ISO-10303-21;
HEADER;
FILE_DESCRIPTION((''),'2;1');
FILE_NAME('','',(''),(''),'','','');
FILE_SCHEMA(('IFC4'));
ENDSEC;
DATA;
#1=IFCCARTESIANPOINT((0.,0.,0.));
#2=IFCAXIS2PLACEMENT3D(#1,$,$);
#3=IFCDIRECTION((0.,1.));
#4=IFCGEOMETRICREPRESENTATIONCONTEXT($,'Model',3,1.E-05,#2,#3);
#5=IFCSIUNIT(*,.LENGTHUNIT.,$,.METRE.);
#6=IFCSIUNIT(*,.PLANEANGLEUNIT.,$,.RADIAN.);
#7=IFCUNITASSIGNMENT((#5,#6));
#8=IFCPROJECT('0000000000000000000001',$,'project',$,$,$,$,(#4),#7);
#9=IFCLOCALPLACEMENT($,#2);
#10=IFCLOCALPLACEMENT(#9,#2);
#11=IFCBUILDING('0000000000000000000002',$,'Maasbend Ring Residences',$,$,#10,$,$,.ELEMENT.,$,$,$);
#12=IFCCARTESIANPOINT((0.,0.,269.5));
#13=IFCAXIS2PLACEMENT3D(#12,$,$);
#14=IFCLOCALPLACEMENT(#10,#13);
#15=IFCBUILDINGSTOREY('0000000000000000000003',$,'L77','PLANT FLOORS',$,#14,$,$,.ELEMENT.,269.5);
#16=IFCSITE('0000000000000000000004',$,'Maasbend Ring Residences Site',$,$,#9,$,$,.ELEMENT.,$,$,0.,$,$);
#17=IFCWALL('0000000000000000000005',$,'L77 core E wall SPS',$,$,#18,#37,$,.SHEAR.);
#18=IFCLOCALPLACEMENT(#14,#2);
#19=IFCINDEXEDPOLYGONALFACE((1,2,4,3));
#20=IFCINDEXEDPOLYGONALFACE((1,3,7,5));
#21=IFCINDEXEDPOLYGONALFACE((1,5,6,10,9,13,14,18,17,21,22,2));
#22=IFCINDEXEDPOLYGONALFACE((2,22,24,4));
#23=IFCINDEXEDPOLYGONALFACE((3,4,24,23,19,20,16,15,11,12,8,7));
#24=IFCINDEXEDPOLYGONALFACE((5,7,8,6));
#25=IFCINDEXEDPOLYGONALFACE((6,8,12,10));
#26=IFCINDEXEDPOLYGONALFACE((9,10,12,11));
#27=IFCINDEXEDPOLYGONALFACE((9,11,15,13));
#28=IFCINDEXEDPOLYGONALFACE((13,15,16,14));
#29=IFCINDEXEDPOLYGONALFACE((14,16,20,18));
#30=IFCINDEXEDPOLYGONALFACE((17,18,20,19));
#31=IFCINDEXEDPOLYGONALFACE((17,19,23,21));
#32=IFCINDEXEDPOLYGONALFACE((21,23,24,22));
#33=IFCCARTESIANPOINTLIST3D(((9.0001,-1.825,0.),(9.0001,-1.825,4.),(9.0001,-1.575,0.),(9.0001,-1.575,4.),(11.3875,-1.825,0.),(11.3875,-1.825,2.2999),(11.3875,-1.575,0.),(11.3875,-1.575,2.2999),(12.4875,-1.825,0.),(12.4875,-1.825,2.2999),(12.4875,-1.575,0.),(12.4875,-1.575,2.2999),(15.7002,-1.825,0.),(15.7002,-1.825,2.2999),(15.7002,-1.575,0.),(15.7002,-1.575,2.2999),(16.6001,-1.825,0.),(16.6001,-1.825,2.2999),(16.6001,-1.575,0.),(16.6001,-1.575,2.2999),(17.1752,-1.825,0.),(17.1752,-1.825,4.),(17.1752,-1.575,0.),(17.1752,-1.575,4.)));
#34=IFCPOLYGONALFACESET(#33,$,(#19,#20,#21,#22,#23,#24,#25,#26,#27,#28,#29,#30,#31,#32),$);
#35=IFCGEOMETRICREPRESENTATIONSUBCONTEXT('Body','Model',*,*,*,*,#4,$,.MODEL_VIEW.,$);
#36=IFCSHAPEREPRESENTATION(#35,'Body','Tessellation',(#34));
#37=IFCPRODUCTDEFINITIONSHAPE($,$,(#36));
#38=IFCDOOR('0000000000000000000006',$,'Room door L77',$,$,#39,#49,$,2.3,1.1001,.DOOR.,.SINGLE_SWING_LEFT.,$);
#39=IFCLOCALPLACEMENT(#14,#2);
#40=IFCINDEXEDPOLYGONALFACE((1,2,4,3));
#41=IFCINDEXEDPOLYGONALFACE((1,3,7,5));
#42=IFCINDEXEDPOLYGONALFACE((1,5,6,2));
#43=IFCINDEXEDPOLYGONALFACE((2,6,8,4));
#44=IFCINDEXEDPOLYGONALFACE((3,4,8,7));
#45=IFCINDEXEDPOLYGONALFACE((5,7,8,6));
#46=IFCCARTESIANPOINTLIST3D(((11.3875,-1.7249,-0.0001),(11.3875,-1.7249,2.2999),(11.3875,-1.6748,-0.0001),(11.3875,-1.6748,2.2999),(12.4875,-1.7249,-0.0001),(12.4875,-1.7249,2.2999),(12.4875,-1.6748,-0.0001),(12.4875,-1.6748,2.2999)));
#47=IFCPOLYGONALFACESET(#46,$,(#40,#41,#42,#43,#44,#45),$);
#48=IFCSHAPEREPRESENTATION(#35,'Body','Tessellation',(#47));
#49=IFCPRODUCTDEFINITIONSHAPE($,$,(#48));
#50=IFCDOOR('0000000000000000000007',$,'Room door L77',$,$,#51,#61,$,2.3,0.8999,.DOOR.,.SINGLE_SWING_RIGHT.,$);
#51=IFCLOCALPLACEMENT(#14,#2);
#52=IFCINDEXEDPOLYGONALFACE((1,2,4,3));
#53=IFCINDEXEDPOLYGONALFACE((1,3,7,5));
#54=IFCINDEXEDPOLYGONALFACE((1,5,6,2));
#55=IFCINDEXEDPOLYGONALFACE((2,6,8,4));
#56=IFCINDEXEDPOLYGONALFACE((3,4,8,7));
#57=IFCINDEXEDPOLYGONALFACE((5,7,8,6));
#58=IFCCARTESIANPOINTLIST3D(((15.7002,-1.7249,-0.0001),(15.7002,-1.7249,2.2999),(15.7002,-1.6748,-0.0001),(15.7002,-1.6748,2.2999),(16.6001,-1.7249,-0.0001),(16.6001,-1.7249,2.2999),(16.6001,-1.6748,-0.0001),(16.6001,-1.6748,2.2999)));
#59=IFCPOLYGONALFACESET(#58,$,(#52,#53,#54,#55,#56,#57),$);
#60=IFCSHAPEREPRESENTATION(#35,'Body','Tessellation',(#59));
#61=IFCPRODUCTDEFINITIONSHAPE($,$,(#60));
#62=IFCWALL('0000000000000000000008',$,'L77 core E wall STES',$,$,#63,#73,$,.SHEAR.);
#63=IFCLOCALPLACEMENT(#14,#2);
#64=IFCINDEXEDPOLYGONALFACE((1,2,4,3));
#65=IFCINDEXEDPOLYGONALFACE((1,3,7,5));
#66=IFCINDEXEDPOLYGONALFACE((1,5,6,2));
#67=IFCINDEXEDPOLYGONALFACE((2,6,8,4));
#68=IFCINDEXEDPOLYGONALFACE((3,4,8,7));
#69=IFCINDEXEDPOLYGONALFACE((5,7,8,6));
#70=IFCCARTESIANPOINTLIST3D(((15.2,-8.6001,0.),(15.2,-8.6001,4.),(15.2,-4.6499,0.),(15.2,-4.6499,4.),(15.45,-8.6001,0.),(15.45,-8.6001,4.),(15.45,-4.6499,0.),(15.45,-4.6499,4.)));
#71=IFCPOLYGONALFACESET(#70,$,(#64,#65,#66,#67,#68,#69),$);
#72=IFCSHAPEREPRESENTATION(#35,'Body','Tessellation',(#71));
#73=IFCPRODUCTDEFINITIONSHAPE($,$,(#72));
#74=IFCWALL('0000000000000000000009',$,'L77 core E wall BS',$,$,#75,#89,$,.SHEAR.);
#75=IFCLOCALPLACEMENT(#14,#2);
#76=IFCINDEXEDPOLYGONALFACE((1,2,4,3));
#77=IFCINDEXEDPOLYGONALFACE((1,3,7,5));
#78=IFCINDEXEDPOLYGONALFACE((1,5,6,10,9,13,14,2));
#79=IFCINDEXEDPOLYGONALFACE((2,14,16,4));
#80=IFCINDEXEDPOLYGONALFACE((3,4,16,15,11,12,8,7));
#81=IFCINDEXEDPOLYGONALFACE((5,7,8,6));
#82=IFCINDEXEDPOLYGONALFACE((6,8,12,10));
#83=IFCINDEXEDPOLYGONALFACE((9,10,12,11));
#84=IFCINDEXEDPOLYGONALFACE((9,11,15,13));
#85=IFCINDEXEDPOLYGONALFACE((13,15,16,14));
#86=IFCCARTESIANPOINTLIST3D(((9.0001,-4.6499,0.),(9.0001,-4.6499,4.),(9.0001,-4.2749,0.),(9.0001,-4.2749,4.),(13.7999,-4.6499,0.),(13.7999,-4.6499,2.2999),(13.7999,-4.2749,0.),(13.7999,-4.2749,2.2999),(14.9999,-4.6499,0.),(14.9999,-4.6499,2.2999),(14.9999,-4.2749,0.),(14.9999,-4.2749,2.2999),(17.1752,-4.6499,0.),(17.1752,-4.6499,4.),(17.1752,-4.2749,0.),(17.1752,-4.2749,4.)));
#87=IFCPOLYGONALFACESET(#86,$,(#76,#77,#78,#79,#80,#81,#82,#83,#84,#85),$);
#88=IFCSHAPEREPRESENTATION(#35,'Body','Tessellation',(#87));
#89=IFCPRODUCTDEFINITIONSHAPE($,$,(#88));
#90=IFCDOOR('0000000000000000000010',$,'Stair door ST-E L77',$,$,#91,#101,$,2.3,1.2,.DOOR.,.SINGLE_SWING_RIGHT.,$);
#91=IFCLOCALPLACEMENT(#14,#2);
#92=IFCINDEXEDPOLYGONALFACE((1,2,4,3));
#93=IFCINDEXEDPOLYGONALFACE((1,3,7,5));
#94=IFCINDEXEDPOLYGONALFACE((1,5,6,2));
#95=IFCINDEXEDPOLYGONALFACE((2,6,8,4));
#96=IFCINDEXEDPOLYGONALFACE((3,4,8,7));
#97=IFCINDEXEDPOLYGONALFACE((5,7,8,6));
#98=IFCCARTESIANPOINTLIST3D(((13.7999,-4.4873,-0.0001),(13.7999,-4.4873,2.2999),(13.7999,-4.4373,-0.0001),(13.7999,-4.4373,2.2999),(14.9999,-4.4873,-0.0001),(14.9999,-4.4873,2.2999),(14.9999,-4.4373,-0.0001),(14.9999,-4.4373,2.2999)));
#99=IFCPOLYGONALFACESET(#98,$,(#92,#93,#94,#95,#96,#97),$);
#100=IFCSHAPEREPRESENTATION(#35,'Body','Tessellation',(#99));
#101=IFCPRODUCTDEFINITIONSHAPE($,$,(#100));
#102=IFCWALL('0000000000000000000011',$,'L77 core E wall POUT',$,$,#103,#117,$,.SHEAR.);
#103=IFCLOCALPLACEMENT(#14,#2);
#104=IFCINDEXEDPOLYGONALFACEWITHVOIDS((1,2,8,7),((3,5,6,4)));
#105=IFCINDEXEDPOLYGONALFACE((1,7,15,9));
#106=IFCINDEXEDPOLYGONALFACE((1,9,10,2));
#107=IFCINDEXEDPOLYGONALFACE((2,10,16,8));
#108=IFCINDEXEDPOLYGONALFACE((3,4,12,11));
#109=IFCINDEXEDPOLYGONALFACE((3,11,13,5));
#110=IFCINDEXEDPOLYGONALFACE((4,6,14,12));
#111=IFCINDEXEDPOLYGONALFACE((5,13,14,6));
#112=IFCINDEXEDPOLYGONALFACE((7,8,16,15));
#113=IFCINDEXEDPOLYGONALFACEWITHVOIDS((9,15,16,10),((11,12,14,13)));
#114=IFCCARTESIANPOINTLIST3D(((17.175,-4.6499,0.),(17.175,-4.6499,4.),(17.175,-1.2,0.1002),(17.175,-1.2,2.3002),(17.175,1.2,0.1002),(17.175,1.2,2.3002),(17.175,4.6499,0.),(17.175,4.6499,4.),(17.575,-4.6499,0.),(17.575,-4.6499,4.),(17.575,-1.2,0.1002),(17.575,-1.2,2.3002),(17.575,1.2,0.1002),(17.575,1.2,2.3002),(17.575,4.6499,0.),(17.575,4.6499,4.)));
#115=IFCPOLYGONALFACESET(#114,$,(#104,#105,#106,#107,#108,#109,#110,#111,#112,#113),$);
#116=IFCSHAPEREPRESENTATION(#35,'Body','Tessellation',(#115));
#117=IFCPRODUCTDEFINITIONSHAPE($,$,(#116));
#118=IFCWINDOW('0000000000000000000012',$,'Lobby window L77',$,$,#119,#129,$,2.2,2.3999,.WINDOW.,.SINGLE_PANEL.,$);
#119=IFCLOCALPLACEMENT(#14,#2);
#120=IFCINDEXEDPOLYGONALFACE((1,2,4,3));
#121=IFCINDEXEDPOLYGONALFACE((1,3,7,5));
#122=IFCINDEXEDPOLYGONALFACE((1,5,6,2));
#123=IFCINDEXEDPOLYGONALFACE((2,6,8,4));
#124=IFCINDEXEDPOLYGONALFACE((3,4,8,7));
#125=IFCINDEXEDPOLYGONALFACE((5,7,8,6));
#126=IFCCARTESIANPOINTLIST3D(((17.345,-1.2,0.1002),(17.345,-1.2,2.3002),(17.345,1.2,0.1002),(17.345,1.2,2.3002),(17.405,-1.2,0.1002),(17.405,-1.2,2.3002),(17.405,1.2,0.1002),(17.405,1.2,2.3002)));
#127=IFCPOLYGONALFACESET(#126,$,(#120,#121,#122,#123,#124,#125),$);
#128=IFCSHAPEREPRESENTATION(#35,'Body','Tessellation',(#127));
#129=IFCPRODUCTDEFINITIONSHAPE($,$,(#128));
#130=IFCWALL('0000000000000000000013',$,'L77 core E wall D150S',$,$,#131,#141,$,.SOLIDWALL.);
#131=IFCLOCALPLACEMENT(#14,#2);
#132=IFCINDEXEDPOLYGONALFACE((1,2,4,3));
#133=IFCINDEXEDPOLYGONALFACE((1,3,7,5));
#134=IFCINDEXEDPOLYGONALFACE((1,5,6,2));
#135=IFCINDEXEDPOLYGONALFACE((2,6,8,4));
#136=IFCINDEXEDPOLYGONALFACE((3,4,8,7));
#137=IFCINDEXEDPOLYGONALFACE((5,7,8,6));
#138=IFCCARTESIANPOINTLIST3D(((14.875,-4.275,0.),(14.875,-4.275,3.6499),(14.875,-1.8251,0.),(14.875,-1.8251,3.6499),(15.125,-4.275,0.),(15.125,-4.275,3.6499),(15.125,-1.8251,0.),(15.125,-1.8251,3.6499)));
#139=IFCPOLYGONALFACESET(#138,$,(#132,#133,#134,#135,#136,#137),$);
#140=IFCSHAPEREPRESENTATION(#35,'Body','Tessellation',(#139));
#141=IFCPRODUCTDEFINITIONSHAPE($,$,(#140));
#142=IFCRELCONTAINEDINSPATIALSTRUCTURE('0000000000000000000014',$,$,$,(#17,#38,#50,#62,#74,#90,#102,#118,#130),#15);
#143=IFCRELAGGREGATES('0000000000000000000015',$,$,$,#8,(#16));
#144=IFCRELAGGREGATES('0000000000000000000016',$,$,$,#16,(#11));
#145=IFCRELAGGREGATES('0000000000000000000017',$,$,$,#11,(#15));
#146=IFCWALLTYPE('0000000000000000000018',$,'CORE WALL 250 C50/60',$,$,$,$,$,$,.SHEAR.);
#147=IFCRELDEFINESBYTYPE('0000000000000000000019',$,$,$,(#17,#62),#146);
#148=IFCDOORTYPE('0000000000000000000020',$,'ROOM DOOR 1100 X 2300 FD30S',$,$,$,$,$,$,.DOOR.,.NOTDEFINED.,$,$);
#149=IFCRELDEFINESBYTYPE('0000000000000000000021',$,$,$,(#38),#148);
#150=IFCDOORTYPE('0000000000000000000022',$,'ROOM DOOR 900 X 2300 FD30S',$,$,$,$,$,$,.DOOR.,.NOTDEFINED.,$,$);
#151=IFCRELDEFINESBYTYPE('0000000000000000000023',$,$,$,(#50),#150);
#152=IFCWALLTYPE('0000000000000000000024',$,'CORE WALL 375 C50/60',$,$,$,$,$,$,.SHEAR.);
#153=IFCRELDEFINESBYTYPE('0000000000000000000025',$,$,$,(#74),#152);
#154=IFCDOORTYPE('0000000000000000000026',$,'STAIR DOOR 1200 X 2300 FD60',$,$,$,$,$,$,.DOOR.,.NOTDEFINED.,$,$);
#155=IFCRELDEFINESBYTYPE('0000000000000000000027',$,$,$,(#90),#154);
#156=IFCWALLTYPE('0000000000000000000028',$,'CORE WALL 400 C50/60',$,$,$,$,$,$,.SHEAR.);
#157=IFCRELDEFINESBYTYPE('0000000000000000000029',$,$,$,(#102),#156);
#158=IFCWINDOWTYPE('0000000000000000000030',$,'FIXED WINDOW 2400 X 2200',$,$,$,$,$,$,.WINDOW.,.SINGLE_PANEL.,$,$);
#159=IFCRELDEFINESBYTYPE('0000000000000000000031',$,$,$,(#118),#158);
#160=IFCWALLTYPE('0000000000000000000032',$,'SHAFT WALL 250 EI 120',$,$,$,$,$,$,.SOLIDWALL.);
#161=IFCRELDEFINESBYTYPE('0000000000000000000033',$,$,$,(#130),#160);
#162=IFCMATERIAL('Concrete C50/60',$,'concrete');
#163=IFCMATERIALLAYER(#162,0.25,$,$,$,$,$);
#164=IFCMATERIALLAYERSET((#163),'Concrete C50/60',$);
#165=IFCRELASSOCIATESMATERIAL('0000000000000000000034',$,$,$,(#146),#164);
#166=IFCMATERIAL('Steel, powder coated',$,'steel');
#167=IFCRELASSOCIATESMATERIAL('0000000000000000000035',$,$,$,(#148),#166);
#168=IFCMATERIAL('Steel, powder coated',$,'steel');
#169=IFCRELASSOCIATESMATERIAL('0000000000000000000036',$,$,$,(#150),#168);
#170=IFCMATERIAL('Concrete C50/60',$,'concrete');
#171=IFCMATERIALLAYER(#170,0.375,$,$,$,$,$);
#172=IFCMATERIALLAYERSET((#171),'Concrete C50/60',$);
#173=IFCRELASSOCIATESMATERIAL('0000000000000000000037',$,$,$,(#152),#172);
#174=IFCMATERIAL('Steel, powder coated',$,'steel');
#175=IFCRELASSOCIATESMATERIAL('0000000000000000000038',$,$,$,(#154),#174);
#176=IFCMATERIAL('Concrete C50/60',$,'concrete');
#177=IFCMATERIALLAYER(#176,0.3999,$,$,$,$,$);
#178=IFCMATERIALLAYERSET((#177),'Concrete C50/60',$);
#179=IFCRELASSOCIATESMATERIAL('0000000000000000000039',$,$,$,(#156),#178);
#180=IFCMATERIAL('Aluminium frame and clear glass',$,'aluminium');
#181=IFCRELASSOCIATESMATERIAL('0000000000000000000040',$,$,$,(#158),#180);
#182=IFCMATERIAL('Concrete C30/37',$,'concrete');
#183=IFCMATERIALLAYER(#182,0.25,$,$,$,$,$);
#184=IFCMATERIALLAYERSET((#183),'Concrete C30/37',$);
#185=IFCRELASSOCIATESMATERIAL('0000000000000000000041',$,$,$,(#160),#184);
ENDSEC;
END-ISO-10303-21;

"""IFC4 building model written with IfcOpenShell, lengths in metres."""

from ifc_helpers import new_model, si_unit, direction, frame, frame_2d, origin, place, context, subcontext, project, spatial, rectangle, extrude, material, layer, layer_set, type_object, element, fill, save


model = new_model("IFC4")

# Units and contexts
model_context = context("Model", 3, precision=1e-05, world=origin(), true_north=direction((0.0, 1.0)))
body_context = subcontext(model_context, "Body", "Model", "MODEL_VIEW")
ifc_project = project(units=[si_unit("LENGTHUNIT", "METRE"), si_unit("PLANEANGLEUNIT", "RADIAN")], contexts=[model_context])

# Site, building, storey
site_placement = place(None, origin())
site = spatial("IfcSite", under=ifc_project, at=site_placement, Name="Maasbend Ring Residences Site", CompositionType="ELEMENT", RefElevation=0.0)
building_placement = place(site_placement, origin())
building = spatial("IfcBuilding", under=site, at=building_placement, Name="Maasbend Ring Residences", CompositionType="ELEMENT")
storey_placement = place(building_placement, frame((0.0, 0.0, 269.5)))
storey = spatial("IfcBuildingStorey", under=building, at=storey_placement, Name="L77", Description="PLANT FLOORS", CompositionType="ELEMENT", Elevation=269.5)

# Wall, openings, doors
ifc_material_1 = material(Name="Concrete C50/60", Category="concrete")
ifc_layer_1 = layer(ifc_material_1, 0.25)
ifc_layer_set_1 = layer_set([ifc_layer_1], Name="Concrete C50/60")
wall_type_1 = type_object("IfcWallType", Name="CORE WALL 250 C50/60", PredefinedType="SHEAR", material=ifc_layer_set_1)
wall_1_placement = place(storey_placement, frame((17.175, -1.7, 0.0), z_axis=(0.0, 0.0, 1.0), x_axis=(-1.0, 0.0, 0.0)))
wall_1 = element("IfcWall", 1, at=wall_1_placement, inside=storey, type_object=wall_type_1, Name="L77 core E wall SPS", PredefinedType="SHEAR", context=body_context, shape_type="SweptSolid", body=[
    extrude(rectangle(XDim=8.175, YDim=0.25, at=frame_2d((4.0874, 0.0))), origin(), (0.0, 0.0, 1.0), 4.0),
])
opening_1_placement = place(wall_1_placement, frame((4.6875, 0.0, 0.0)))
opening_1 = element("IfcOpeningElement", 2, at=opening_1_placement, cuts=wall_1, PredefinedType="OPENING", context=body_context, shape_type="SweptSolid", body=[
    extrude(rectangle(XDim=1.1001, YDim=2.3, at=frame_2d((0.55, 1.1499))), frame((0.0, 0.135, 0.0), z_axis=(0.0, -1.0, 0.0), x_axis=(1.0, 0.0, 0.0)), (0.0, 0.0, 1.0), 0.27),
])
opening_2_placement = place(wall_1_placement, frame((0.575, 0.0, 0.0)))
opening_2 = element("IfcOpeningElement", 3, at=opening_2_placement, cuts=wall_1, PredefinedType="OPENING", context=body_context, shape_type="SweptSolid", body=[
    extrude(rectangle(XDim=0.8999, YDim=2.3, at=frame_2d((0.45, 1.1499))), frame((0.0, 0.135, 0.0), z_axis=(0.0, -1.0, 0.0), x_axis=(1.0, 0.0, 0.0)), (0.0, 0.0, 1.0), 0.27),
])
ifc_material_2 = material(Name="Steel, powder coated", Category="steel")
door_type_1 = type_object("IfcDoorType", Name="ROOM DOOR 1100 X 2300 FD30S", OperationType="NOTDEFINED", PredefinedType="DOOR", material=ifc_material_2)
door_1_placement = place(opening_1_placement, origin())
door_1 = element("IfcDoor", 4, at=door_1_placement, inside=storey, type_object=door_type_1, Name="Room door L77", OperationType="SINGLE_SWING_LEFT", OverallHeight=2.3, OverallWidth=1.1001, PredefinedType="DOOR", context=body_context, shape_type="SweptSolid", body=[
    extrude(rectangle(XDim=1.1001, YDim=2.3, at=frame_2d((0.55, 1.1499))), frame((0.0, 0.0249, 0.0), z_axis=(0.0, -1.0, 0.0), x_axis=(1.0, 0.0, 0.0)), (0.0, 0.0, 1.0), 0.05),
])
fill(opening_1, door_1)
ifc_material_3 = material(Name="Steel, powder coated", Category="steel")
door_type_2 = type_object("IfcDoorType", Name="ROOM DOOR 900 X 2300 FD30S", OperationType="NOTDEFINED", PredefinedType="DOOR", material=ifc_material_3)
door_2_placement = place(opening_2_placement, origin())
door_2 = element("IfcDoor", 5, at=door_2_placement, inside=storey, type_object=door_type_2, Name="Room door L77", OperationType="SINGLE_SWING_RIGHT", OverallHeight=2.3, OverallWidth=0.8999, PredefinedType="DOOR", context=body_context, shape_type="SweptSolid", body=[
    extrude(rectangle(XDim=0.8999, YDim=2.3, at=frame_2d((0.45, 1.1499))), frame((0.0, 0.0249, 0.0), z_axis=(0.0, -1.0, 0.0), x_axis=(1.0, 0.0, 0.0)), (0.0, 0.0, 1.0), 0.05),
])
fill(opening_2, door_2)

# Wall
wall_2_placement = place(storey_placement, frame((15.325, -4.6499, 0.0), z_axis=(0.0, 0.0, 1.0), x_axis=(0.0, -1.0, 0.0)))
element("IfcWall", 6, at=wall_2_placement, inside=storey, type_object=wall_type_1, Name="L77 core E wall STES", PredefinedType="SHEAR", context=body_context, shape_type="SweptSolid", body=[
    extrude(rectangle(XDim=3.9502, YDim=0.25, at=frame_2d((1.9751, 0.0))), origin(), (0.0, 0.0, 1.0), 4.0),
])

# Wall, opening, door
ifc_material_4 = material(Name="Concrete C50/60", Category="concrete")
ifc_layer_2 = layer(ifc_material_4, 0.375)
ifc_layer_set_2 = layer_set([ifc_layer_2], Name="Concrete C50/60")
wall_type_2 = type_object("IfcWallType", Name="CORE WALL 375 C50/60", PredefinedType="SHEAR", material=ifc_layer_set_2)
wall_3_placement = place(storey_placement, frame((17.175, -4.4624, 0.0), z_axis=(0.0, 0.0, 1.0), x_axis=(-1.0, 0.0, 0.0)))
wall_3 = element("IfcWall", 7, at=wall_3_placement, inside=storey, type_object=wall_type_2, Name="L77 core E wall BS", PredefinedType="SHEAR", context=body_context, shape_type="SweptSolid", body=[
    extrude(rectangle(XDim=8.175, YDim=0.375, at=frame_2d((4.0874, 0.0))), origin(), (0.0, 0.0, 1.0), 4.0),
])
opening_3_placement = place(wall_3_placement, frame((2.175, 0.0, 0.0)))
opening_3 = element("IfcOpeningElement", 8, at=opening_3_placement, cuts=wall_3, PredefinedType="OPENING", context=body_context, shape_type="SweptSolid", body=[
    extrude(rectangle(XDim=1.2, YDim=2.3, at=frame_2d((0.6001, 1.1499))), frame((0.0, 0.1975, 0.0), z_axis=(0.0, -1.0, 0.0), x_axis=(1.0, 0.0, 0.0)), (0.0, 0.0, 1.0), 0.395),
])
ifc_material_5 = material(Name="Steel, powder coated", Category="steel")
door_type_3 = type_object("IfcDoorType", Name="STAIR DOOR 1200 X 2300 FD60", OperationType="NOTDEFINED", PredefinedType="DOOR", material=ifc_material_5)
door_3_placement = place(opening_3_placement, origin())
door_3 = element("IfcDoor", 9, at=door_3_placement, inside=storey, type_object=door_type_3, Name="Stair door ST-E L77", OperationType="SINGLE_SWING_RIGHT", OverallHeight=2.3, OverallWidth=1.2, PredefinedType="DOOR", context=body_context, shape_type="SweptSolid", body=[
    extrude(rectangle(XDim=1.2, YDim=2.3, at=frame_2d((0.6001, 1.1499))), frame((0.0, 0.0249, 0.0), z_axis=(0.0, -1.0, 0.0), x_axis=(1.0, 0.0, 0.0)), (0.0, 0.0, 1.0), 0.05),
])
fill(opening_3, door_3)

# Wall, opening, window
ifc_material_6 = material(Name="Concrete C50/60", Category="concrete")
ifc_layer_3 = layer(ifc_material_6, 0.3999)
ifc_layer_set_3 = layer_set([ifc_layer_3], Name="Concrete C50/60")
wall_type_3 = type_object("IfcWallType", Name="CORE WALL 400 C50/60", PredefinedType="SHEAR", material=ifc_layer_set_3)
wall_4_placement = place(storey_placement, frame((17.375, -4.6499, 0.0), z_axis=(0.0, 0.0, 1.0), x_axis=(0.0, 1.0, 0.0)))
wall_4 = element("IfcWall", 10, at=wall_4_placement, inside=storey, type_object=wall_type_3, Name="L77 core E wall POUT", PredefinedType="SHEAR", context=body_context, shape_type="SweptSolid", body=[
    extrude(rectangle(XDim=9.2998, YDim=0.3999, at=frame_2d((4.6499, 0.0))), origin(), (0.0, 0.0, 1.0), 4.0),
])
opening_4_placement = place(wall_4_placement, frame((3.45, 0.0, 0.1001)))
opening_4 = element("IfcOpeningElement", 11, at=opening_4_placement, cuts=wall_4, PredefinedType="OPENING", context=body_context, shape_type="SweptSolid", body=[
    extrude(rectangle(XDim=2.3999, YDim=2.2, at=frame_2d((1.2, 1.1001))), frame((0.0, 0.21, 0.0), z_axis=(0.0, -1.0, 0.0), x_axis=(1.0, 0.0, 0.0)), (0.0, 0.0, 1.0), 0.4199),
])
ifc_material_7 = material(Name="Aluminium frame and clear glass", Category="aluminium")
window_type = type_object("IfcWindowType", Name="FIXED WINDOW 2400 X 2200", PartitioningType="SINGLE_PANEL", PredefinedType="WINDOW", material=ifc_material_7)
window_placement = place(opening_4_placement, origin())
window = element("IfcWindow", 12, at=window_placement, inside=storey, type_object=window_type, Name="Lobby window L77", OverallHeight=2.2, OverallWidth=2.3999, PartitioningType="SINGLE_PANEL", PredefinedType="WINDOW", context=body_context, shape_type="SweptSolid", body=[
    extrude(rectangle(XDim=2.3999, YDim=2.2, at=frame_2d((1.2, 1.1001))), frame((0.0, 0.03, 0.0), z_axis=(0.0, -1.0, 0.0), x_axis=(1.0, 0.0, 0.0)), (0.0, 0.0, 1.0), 0.0601),
])
fill(opening_4, window)

# Wall
ifc_material_8 = material(Name="Concrete C30/37", Category="concrete")
ifc_layer_4 = layer(ifc_material_8, 0.25)
ifc_layer_set_4 = layer_set([ifc_layer_4], Name="Concrete C30/37")
wall_type_4 = type_object("IfcWallType", Name="SHAFT WALL 250 EI 120", PredefinedType="SOLIDWALL", material=ifc_layer_set_4)
wall_5_placement = place(storey_placement, frame((15.0, -1.825, 0.0), z_axis=(0.0, 0.0, 1.0), x_axis=(0.0, -1.0, 0.0)))
element("IfcWall", 13, at=wall_5_placement, inside=storey, type_object=wall_type_4, Name="L77 core E wall D150S", PredefinedType="SOLIDWALL", context=body_context, shape_type="SweptSolid", body=[
    extrude(rectangle(XDim=2.45, YDim=0.25, at=frame_2d((1.2251, 0.0))), origin(), (0.0, 0.0, 1.0), 3.6499),
])

save(model, "model.ifc")
